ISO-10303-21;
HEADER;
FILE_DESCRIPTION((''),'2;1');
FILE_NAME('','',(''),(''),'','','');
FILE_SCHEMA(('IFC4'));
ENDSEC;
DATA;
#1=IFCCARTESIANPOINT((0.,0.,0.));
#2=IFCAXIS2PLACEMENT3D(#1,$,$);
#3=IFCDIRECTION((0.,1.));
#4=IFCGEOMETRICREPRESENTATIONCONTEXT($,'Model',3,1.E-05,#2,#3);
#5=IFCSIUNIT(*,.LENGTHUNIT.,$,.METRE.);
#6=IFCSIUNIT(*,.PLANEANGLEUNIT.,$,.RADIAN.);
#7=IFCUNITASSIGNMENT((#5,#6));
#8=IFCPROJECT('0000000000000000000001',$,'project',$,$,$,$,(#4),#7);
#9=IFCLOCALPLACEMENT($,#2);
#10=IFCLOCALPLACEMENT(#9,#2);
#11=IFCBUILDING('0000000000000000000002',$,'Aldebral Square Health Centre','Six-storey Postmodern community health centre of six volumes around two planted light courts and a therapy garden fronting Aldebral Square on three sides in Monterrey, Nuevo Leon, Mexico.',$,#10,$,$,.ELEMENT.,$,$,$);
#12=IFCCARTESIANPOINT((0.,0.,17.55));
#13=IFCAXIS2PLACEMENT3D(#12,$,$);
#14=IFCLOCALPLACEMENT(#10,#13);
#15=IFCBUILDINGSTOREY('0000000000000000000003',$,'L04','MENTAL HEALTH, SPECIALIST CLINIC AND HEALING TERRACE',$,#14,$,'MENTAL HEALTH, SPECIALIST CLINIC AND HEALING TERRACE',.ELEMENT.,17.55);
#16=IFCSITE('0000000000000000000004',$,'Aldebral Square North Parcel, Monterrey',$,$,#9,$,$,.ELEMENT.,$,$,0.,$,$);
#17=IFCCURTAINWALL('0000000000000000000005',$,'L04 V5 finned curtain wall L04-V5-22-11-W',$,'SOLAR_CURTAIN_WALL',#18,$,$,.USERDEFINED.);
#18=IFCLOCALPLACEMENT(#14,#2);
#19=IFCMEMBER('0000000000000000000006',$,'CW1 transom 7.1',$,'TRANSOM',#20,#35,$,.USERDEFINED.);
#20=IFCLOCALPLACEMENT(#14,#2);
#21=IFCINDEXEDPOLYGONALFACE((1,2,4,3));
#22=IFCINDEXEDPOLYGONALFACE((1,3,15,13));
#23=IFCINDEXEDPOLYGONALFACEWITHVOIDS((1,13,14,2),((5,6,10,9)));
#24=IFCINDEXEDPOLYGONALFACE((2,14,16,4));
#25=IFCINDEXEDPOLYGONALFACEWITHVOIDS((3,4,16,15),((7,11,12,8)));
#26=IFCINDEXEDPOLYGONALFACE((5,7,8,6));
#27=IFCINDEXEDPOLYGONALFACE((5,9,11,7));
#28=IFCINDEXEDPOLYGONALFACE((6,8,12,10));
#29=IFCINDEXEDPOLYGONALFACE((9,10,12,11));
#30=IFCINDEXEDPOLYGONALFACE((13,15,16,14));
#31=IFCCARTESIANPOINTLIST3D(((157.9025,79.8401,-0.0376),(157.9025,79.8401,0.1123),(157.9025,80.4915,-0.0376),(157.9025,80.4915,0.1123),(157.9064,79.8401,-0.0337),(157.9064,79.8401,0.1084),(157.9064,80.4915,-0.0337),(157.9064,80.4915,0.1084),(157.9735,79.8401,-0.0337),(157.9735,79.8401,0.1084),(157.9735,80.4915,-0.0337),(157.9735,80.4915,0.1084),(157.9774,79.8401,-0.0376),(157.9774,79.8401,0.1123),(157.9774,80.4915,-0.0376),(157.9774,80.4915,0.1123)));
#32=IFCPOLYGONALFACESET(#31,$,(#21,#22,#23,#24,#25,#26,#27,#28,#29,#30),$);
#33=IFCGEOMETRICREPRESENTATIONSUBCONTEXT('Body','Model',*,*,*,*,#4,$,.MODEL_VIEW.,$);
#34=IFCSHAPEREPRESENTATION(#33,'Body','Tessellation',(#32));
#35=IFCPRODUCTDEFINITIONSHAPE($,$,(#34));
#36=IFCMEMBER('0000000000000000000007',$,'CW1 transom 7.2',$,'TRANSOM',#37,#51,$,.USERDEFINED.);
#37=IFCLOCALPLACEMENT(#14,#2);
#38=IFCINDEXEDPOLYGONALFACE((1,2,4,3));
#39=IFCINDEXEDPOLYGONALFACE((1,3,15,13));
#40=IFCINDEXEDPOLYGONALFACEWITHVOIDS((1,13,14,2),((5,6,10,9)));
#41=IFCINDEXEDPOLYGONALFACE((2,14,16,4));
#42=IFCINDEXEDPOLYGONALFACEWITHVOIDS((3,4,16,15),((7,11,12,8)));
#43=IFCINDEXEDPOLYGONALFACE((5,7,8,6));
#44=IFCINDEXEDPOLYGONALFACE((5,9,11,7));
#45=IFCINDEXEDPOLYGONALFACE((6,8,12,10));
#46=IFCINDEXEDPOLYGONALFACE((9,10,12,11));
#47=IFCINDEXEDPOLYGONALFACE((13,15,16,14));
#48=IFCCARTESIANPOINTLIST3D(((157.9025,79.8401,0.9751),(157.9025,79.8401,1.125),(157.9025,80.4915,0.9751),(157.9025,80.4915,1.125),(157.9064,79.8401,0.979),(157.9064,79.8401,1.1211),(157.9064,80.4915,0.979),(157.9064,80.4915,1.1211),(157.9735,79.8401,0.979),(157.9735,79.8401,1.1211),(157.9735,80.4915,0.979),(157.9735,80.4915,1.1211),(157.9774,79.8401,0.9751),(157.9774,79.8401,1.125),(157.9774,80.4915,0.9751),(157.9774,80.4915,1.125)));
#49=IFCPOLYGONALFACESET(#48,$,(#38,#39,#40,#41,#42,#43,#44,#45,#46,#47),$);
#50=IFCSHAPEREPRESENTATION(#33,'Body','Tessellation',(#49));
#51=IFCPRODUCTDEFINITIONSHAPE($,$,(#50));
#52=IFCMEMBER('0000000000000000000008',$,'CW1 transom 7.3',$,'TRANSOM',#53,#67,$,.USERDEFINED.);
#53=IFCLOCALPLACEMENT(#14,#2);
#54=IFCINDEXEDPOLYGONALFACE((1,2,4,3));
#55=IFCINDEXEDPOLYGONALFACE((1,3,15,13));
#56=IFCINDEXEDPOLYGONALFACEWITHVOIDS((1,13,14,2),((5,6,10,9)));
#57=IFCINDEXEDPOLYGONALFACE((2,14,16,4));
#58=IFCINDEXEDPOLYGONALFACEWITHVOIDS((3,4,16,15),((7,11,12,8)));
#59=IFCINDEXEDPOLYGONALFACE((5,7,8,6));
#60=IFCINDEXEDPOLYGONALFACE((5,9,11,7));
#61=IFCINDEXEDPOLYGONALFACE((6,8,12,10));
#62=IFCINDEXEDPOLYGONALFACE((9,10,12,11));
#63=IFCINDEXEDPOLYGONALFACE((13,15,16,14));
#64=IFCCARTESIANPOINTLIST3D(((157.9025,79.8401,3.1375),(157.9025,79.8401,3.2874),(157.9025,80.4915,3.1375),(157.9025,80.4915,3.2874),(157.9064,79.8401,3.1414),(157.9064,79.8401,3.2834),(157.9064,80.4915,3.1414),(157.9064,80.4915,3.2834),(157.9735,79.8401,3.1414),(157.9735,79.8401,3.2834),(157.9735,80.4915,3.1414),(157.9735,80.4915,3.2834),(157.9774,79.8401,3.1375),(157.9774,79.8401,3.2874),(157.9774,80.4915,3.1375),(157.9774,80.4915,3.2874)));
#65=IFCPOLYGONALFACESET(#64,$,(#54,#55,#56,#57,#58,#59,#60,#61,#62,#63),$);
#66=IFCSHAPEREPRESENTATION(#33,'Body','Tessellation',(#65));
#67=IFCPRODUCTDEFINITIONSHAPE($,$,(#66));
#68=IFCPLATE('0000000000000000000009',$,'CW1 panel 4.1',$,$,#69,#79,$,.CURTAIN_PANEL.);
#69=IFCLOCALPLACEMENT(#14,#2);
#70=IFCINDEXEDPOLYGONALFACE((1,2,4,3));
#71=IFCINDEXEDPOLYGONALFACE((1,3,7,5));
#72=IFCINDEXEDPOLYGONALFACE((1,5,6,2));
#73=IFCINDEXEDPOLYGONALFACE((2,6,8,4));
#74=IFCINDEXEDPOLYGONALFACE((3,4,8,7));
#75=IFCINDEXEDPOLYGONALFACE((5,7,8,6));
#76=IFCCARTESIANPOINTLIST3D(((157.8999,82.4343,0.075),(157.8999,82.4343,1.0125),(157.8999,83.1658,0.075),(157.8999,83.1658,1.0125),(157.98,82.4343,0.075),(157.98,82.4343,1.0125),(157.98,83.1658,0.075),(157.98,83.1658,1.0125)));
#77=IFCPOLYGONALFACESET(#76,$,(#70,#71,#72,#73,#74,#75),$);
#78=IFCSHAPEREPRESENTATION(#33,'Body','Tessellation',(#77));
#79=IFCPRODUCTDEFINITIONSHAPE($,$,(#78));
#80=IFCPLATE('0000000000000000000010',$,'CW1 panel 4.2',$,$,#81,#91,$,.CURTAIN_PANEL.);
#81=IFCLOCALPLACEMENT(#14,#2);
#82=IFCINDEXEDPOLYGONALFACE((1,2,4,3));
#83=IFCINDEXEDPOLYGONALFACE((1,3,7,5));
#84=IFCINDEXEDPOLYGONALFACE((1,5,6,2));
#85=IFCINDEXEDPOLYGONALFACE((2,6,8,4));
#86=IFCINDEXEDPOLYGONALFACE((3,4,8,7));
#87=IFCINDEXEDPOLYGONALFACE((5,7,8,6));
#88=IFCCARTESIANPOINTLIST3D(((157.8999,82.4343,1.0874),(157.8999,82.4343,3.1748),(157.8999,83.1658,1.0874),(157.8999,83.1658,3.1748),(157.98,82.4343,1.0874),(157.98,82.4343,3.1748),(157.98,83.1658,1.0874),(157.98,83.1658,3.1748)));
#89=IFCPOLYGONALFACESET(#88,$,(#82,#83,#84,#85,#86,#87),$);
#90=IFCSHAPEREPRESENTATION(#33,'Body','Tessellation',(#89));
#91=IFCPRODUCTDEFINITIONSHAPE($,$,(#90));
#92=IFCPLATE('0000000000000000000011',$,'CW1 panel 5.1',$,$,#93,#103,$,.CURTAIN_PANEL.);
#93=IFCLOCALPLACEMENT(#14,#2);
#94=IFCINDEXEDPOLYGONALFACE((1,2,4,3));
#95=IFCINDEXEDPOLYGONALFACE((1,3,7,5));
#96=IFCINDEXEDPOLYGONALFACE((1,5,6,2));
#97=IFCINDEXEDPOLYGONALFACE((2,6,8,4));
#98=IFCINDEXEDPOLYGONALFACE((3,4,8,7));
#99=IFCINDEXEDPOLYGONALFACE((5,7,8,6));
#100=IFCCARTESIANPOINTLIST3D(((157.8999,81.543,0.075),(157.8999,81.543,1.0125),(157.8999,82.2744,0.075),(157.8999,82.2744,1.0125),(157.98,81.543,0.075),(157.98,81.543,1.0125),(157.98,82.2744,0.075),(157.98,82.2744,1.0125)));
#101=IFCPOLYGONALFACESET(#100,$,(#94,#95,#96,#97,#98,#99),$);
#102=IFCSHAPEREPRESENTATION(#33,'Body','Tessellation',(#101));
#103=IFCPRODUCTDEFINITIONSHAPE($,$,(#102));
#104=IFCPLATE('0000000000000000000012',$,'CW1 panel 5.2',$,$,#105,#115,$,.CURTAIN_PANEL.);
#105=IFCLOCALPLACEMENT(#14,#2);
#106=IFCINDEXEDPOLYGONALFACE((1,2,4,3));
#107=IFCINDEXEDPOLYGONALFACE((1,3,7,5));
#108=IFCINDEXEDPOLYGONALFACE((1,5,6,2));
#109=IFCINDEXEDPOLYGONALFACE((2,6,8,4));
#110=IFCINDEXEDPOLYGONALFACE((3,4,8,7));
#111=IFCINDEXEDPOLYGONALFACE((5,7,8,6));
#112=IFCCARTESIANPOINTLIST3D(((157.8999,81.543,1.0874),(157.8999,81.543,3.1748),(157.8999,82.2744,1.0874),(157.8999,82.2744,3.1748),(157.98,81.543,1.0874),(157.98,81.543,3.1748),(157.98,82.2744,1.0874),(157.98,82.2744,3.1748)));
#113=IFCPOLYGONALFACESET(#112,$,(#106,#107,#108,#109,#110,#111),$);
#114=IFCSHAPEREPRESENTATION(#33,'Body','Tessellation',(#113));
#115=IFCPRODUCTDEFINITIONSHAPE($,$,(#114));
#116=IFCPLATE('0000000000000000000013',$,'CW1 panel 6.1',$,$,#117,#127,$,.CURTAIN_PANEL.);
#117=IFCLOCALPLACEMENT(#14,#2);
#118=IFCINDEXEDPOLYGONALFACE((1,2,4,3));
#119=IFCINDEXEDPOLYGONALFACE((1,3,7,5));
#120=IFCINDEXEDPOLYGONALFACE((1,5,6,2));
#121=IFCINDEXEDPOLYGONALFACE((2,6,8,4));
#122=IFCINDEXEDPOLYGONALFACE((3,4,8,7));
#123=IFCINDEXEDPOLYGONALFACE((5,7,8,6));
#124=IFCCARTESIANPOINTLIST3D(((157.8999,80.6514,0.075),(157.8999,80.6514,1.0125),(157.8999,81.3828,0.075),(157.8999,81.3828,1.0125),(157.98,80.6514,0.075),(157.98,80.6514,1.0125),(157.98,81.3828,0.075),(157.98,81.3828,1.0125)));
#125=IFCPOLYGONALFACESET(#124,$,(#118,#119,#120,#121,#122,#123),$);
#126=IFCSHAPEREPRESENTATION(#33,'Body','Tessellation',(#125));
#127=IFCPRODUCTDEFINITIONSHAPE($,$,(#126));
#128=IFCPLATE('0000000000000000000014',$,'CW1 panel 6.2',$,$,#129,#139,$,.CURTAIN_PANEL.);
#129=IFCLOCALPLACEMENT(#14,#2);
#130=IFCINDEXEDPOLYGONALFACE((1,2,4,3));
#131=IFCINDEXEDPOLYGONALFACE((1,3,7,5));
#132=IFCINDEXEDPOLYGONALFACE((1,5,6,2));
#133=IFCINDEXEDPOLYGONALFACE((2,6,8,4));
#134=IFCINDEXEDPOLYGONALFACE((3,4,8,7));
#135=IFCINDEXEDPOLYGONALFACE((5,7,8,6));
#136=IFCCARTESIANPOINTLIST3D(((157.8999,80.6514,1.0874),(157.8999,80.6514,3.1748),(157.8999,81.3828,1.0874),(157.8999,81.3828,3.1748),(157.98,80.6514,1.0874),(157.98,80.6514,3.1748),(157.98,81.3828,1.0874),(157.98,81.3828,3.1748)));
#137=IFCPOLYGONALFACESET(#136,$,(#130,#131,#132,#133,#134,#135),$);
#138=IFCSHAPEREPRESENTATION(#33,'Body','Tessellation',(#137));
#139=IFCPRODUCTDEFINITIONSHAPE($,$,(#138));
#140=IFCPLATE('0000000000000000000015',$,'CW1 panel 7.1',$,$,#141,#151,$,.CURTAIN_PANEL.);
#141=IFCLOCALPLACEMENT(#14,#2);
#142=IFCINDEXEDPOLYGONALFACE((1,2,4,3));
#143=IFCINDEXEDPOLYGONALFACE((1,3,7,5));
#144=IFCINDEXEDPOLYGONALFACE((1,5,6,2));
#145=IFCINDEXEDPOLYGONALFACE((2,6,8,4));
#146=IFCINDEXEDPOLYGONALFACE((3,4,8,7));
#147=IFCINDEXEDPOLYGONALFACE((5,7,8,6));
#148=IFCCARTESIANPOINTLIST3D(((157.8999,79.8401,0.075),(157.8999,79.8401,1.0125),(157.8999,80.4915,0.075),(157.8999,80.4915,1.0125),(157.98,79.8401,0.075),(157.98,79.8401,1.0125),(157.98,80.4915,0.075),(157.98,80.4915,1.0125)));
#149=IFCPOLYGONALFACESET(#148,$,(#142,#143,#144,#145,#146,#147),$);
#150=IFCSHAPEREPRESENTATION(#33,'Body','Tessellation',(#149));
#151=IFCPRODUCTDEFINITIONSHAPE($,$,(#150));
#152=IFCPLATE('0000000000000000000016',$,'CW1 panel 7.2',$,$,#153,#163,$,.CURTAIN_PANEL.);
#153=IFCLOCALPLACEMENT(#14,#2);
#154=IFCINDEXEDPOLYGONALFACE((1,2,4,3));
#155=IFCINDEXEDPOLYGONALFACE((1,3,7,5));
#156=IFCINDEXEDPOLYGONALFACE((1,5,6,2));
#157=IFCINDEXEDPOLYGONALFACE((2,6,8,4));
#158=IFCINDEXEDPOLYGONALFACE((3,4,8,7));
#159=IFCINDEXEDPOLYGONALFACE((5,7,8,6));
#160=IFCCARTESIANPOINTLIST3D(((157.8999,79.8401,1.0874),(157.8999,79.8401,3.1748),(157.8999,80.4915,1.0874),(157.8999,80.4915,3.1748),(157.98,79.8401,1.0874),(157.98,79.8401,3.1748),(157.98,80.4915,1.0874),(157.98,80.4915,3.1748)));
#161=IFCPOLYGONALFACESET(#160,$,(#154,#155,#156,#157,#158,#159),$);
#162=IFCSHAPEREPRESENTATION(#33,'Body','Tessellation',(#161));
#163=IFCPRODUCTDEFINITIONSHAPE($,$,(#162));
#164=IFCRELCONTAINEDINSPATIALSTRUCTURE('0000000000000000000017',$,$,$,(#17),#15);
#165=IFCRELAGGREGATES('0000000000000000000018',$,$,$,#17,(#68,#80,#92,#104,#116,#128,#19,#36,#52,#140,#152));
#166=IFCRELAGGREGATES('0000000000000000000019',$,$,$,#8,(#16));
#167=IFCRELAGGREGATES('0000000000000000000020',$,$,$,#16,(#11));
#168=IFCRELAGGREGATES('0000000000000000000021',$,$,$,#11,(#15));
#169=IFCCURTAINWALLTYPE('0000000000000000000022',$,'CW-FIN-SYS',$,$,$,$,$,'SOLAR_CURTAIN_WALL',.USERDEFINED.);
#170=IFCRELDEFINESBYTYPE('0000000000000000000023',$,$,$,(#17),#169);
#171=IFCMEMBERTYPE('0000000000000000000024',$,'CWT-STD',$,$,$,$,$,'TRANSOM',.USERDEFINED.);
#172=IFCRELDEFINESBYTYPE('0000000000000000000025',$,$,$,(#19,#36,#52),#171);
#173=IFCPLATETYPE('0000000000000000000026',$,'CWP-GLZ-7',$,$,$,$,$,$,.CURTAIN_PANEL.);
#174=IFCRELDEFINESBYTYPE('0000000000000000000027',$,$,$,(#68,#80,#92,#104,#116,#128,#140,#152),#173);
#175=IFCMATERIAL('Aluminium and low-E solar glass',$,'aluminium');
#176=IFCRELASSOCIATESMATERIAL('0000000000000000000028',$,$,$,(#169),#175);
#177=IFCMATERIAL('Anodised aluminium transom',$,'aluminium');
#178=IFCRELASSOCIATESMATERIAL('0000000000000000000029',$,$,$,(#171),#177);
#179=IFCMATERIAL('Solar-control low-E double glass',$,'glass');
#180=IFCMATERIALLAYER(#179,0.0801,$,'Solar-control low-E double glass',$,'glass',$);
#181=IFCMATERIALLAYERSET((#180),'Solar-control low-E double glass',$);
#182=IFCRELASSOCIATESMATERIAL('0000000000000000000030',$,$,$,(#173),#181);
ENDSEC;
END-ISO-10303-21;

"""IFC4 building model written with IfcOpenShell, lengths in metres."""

from ifc_helpers import new_model, si_unit, direction, frame, origin, origin_2d, place, context, subcontext, project, spatial, rectangle, hollow_rectangle, extrude, material, layer, layer_set, material_profile, profile_set, type_object, element, aggregate, save


model = new_model("IFC4")

# Units and contexts
model_context = context("Model", 3, precision=1e-05, world=origin(), true_north=direction((0.0, 1.0)))
body_context = subcontext(model_context, "Body", "Model", "MODEL_VIEW")
ifc_project = project(units=[si_unit("LENGTHUNIT", "METRE"), si_unit("PLANEANGLEUNIT", "RADIAN")], contexts=[model_context])

# Site, building, storey
site_placement = place(None, origin())
site = spatial("IfcSite", under=ifc_project, at=site_placement, Name="Aldebral Square North Parcel, Monterrey", CompositionType="ELEMENT", RefElevation=0.0)
building_placement = place(site_placement, origin())
building = spatial("IfcBuilding", under=site, at=building_placement, Name="Aldebral Square Health Centre", Description="Six-storey Postmodern community health centre of six volumes around two planted light courts and a therapy garden fronting Aldebral Square on three sides in Monterrey, Nuevo Leon, Mexico.", CompositionType="ELEMENT")
storey_placement = place(building_placement, frame((0.0, 0.0, 17.55)))
storey = spatial("IfcBuildingStorey", under=building, at=storey_placement, Name="L04", Description="MENTAL HEALTH, SPECIALIST CLINIC AND HEALING TERRACE", LongName="MENTAL HEALTH, SPECIALIST CLINIC AND HEALING TERRACE", CompositionType="ELEMENT", Elevation=17.55)

# Curtain wall, members, plates
ifc_material_1 = material(Name="Aluminium and low-E solar glass", Category="aluminium")
curtain_wall_type = type_object("IfcCurtainWallType", Name="CW-FIN-SYS", ElementType="SOLAR_CURTAIN_WALL", PredefinedType="USERDEFINED", material=ifc_material_1)
curtain_wall_placement = place(storey_placement, origin())
curtain_wall = element("IfcCurtainWall", 1, at=curtain_wall_placement, inside=storey, type_object=curtain_wall_type, Name="L04 V5 finned curtain wall L04-V5-22-11-W", ObjectType="SOLAR_CURTAIN_WALL", PredefinedType="USERDEFINED")
ifc_material_2 = material(Name="Anodised aluminium transom", Category="aluminium")
ifc_material_profile_1 = material_profile(ifc_material_2, hollow_rectangle(XDim=0.075, YDim=0.1499, WallThickness=0.0039, at=origin_2d()), Name="CWT 75x150x4")
ifc_profile_set_1 = profile_set([ifc_material_profile_1], Name="Anodised aluminium transom")
member_type_1 = type_object("IfcMemberType", Name="CWT-STD", ElementType="TRANSOM", PredefinedType="USERDEFINED", material=ifc_profile_set_1)
member_1_placement = place(storey_placement, frame((157.9399, 80.4915, 0.0374), z_axis=(0.0, -1.0, 0.0), x_axis=(1.0, 0.0, 0.0)))
member_1 = element("IfcMember", 2, at=member_1_placement, type_object=member_type_1, Name="CW1 transom 7.1", ObjectType="TRANSOM", PredefinedType="USERDEFINED", context=body_context, shape_type="SweptSolid", body=[
    extrude(hollow_rectangle(XDim=0.075, YDim=0.1499, WallThickness=0.0039, at=origin_2d()), origin(), (0.0, 0.0, 1.0), 0.6514),
])
member_2_placement = place(storey_placement, frame((157.9399, 80.4915, 1.05), z_axis=(0.0, -1.0, 0.0), x_axis=(1.0, 0.0, 0.0)))
member_2 = element("IfcMember", 3, at=member_2_placement, type_object=member_type_1, Name="CW1 transom 7.2", ObjectType="TRANSOM", PredefinedType="USERDEFINED", context=body_context, shape_type="SweptSolid", body=[
    extrude(hollow_rectangle(XDim=0.075, YDim=0.1499, WallThickness=0.0039, at=origin_2d()), origin(), (0.0, 0.0, 1.0), 0.6514),
])
member_3_placement = place(storey_placement, frame((157.9399, 80.4915, 3.2124), z_axis=(0.0, -1.0, 0.0), x_axis=(1.0, 0.0, 0.0)))
member_3 = element("IfcMember", 4, at=member_3_placement, type_object=member_type_1, Name="CW1 transom 7.3", ObjectType="TRANSOM", PredefinedType="USERDEFINED", context=body_context, shape_type="SweptSolid", body=[
    extrude(hollow_rectangle(XDim=0.075, YDim=0.1499, WallThickness=0.0039, at=origin_2d()), origin(), (0.0, 0.0, 1.0), 0.6514),
])
ifc_material_3 = material(Name="Solar-control low-E double glass", Category="glass")
ifc_layer = layer(ifc_material_3, 0.0801, Name="Solar-control low-E double glass", Category="glass")
ifc_layer_set = layer_set([ifc_layer], Name="Solar-control low-E double glass")
plate_type = type_object("IfcPlateType", Name="CWP-GLZ-7", PredefinedType="CURTAIN_PANEL", material=ifc_layer_set)
plate_1_placement = place(storey_placement, frame((157.9399, 82.8, 0.075), z_axis=(0.0, 0.0, 1.0), x_axis=(0.0, -1.0, 0.0)))
plate_1 = element("IfcPlate", 5, at=plate_1_placement, type_object=plate_type, Name="CW1 panel 4.1", PredefinedType="CURTAIN_PANEL", context=body_context, shape_type="SweptSolid", body=[
    extrude(rectangle(XDim=0.7314, YDim=0.0801, at=origin_2d()), origin(), (0.0, 0.0, 1.0), 0.9375),
])
plate_2_placement = place(storey_placement, frame((157.9399, 82.8, 1.0874), z_axis=(0.0, 0.0, 1.0), x_axis=(0.0, -1.0, 0.0)))
plate_2 = element("IfcPlate", 6, at=plate_2_placement, type_object=plate_type, Name="CW1 panel 4.2", PredefinedType="CURTAIN_PANEL", context=body_context, shape_type="SweptSolid", body=[
    extrude(rectangle(XDim=0.7314, YDim=0.0801, at=origin_2d()), origin(), (0.0, 0.0, 1.0), 2.0874),
])
plate_3_placement = place(storey_placement, frame((157.9399, 81.9087, 0.075), z_axis=(0.0, 0.0, 1.0), x_axis=(0.0, -1.0, 0.0)))
plate_3 = element("IfcPlate", 7, at=plate_3_placement, type_object=plate_type, Name="CW1 panel 5.1", PredefinedType="CURTAIN_PANEL", context=body_context, shape_type="SweptSolid", body=[
    extrude(rectangle(XDim=0.7314, YDim=0.0801, at=origin_2d()), origin(), (0.0, 0.0, 1.0), 0.9375),
])
plate_4_placement = place(storey_placement, frame((157.9399, 81.9087, 1.0874), z_axis=(0.0, 0.0, 1.0), x_axis=(0.0, -1.0, 0.0)))
plate_4 = element("IfcPlate", 8, at=plate_4_placement, type_object=plate_type, Name="CW1 panel 5.2", PredefinedType="CURTAIN_PANEL", context=body_context, shape_type="SweptSolid", body=[
    extrude(rectangle(XDim=0.7314, YDim=0.0801, at=origin_2d()), origin(), (0.0, 0.0, 1.0), 2.0874),
])
plate_5_placement = place(storey_placement, frame((157.9399, 81.0171, 0.075), z_axis=(0.0, 0.0, 1.0), x_axis=(0.0, -1.0, 0.0)))
plate_5 = element("IfcPlate", 9, at=plate_5_placement, type_object=plate_type, Name="CW1 panel 6.1", PredefinedType="CURTAIN_PANEL", context=body_context, shape_type="SweptSolid", body=[
    extrude(rectangle(XDim=0.7314, YDim=0.0801, at=origin_2d()), origin(), (0.0, 0.0, 1.0), 0.9375),
])
plate_6_placement = place(storey_placement, frame((157.9399, 81.0171, 1.0874), z_axis=(0.0, 0.0, 1.0), x_axis=(0.0, -1.0, 0.0)))
plate_6 = element("IfcPlate", 10, at=plate_6_placement, type_object=plate_type, Name="CW1 panel 6.2", PredefinedType="CURTAIN_PANEL", context=body_context, shape_type="SweptSolid", body=[
    extrude(rectangle(XDim=0.7314, YDim=0.0801, at=origin_2d()), origin(), (0.0, 0.0, 1.0), 2.0874),
])
plate_7_placement = place(storey_placement, frame((157.9399, 80.1658, 0.075), z_axis=(0.0, 0.0, 1.0), x_axis=(0.0, -1.0, 0.0)))
plate_7 = element("IfcPlate", 11, at=plate_7_placement, type_object=plate_type, Name="CW1 panel 7.1", PredefinedType="CURTAIN_PANEL", context=body_context, shape_type="SweptSolid", body=[
    extrude(rectangle(XDim=0.6514, YDim=0.0801, at=origin_2d()), origin(), (0.0, 0.0, 1.0), 0.9375),
])
plate_8_placement = place(storey_placement, frame((157.9399, 80.1658, 1.0874), z_axis=(0.0, 0.0, 1.0), x_axis=(0.0, -1.0, 0.0)))
plate_8 = element("IfcPlate", 12, at=plate_8_placement, type_object=plate_type, Name="CW1 panel 7.2", PredefinedType="CURTAIN_PANEL", context=body_context, shape_type="SweptSolid", body=[
    extrude(rectangle(XDim=0.6514, YDim=0.0801, at=origin_2d()), origin(), (0.0, 0.0, 1.0), 2.0874),
])
aggregate(curtain_wall, [plate_1, plate_2, plate_3, plate_4, plate_5, plate_6, member_1, member_2, member_3, plate_7, plate_8])

save(model, "model.ifc")
